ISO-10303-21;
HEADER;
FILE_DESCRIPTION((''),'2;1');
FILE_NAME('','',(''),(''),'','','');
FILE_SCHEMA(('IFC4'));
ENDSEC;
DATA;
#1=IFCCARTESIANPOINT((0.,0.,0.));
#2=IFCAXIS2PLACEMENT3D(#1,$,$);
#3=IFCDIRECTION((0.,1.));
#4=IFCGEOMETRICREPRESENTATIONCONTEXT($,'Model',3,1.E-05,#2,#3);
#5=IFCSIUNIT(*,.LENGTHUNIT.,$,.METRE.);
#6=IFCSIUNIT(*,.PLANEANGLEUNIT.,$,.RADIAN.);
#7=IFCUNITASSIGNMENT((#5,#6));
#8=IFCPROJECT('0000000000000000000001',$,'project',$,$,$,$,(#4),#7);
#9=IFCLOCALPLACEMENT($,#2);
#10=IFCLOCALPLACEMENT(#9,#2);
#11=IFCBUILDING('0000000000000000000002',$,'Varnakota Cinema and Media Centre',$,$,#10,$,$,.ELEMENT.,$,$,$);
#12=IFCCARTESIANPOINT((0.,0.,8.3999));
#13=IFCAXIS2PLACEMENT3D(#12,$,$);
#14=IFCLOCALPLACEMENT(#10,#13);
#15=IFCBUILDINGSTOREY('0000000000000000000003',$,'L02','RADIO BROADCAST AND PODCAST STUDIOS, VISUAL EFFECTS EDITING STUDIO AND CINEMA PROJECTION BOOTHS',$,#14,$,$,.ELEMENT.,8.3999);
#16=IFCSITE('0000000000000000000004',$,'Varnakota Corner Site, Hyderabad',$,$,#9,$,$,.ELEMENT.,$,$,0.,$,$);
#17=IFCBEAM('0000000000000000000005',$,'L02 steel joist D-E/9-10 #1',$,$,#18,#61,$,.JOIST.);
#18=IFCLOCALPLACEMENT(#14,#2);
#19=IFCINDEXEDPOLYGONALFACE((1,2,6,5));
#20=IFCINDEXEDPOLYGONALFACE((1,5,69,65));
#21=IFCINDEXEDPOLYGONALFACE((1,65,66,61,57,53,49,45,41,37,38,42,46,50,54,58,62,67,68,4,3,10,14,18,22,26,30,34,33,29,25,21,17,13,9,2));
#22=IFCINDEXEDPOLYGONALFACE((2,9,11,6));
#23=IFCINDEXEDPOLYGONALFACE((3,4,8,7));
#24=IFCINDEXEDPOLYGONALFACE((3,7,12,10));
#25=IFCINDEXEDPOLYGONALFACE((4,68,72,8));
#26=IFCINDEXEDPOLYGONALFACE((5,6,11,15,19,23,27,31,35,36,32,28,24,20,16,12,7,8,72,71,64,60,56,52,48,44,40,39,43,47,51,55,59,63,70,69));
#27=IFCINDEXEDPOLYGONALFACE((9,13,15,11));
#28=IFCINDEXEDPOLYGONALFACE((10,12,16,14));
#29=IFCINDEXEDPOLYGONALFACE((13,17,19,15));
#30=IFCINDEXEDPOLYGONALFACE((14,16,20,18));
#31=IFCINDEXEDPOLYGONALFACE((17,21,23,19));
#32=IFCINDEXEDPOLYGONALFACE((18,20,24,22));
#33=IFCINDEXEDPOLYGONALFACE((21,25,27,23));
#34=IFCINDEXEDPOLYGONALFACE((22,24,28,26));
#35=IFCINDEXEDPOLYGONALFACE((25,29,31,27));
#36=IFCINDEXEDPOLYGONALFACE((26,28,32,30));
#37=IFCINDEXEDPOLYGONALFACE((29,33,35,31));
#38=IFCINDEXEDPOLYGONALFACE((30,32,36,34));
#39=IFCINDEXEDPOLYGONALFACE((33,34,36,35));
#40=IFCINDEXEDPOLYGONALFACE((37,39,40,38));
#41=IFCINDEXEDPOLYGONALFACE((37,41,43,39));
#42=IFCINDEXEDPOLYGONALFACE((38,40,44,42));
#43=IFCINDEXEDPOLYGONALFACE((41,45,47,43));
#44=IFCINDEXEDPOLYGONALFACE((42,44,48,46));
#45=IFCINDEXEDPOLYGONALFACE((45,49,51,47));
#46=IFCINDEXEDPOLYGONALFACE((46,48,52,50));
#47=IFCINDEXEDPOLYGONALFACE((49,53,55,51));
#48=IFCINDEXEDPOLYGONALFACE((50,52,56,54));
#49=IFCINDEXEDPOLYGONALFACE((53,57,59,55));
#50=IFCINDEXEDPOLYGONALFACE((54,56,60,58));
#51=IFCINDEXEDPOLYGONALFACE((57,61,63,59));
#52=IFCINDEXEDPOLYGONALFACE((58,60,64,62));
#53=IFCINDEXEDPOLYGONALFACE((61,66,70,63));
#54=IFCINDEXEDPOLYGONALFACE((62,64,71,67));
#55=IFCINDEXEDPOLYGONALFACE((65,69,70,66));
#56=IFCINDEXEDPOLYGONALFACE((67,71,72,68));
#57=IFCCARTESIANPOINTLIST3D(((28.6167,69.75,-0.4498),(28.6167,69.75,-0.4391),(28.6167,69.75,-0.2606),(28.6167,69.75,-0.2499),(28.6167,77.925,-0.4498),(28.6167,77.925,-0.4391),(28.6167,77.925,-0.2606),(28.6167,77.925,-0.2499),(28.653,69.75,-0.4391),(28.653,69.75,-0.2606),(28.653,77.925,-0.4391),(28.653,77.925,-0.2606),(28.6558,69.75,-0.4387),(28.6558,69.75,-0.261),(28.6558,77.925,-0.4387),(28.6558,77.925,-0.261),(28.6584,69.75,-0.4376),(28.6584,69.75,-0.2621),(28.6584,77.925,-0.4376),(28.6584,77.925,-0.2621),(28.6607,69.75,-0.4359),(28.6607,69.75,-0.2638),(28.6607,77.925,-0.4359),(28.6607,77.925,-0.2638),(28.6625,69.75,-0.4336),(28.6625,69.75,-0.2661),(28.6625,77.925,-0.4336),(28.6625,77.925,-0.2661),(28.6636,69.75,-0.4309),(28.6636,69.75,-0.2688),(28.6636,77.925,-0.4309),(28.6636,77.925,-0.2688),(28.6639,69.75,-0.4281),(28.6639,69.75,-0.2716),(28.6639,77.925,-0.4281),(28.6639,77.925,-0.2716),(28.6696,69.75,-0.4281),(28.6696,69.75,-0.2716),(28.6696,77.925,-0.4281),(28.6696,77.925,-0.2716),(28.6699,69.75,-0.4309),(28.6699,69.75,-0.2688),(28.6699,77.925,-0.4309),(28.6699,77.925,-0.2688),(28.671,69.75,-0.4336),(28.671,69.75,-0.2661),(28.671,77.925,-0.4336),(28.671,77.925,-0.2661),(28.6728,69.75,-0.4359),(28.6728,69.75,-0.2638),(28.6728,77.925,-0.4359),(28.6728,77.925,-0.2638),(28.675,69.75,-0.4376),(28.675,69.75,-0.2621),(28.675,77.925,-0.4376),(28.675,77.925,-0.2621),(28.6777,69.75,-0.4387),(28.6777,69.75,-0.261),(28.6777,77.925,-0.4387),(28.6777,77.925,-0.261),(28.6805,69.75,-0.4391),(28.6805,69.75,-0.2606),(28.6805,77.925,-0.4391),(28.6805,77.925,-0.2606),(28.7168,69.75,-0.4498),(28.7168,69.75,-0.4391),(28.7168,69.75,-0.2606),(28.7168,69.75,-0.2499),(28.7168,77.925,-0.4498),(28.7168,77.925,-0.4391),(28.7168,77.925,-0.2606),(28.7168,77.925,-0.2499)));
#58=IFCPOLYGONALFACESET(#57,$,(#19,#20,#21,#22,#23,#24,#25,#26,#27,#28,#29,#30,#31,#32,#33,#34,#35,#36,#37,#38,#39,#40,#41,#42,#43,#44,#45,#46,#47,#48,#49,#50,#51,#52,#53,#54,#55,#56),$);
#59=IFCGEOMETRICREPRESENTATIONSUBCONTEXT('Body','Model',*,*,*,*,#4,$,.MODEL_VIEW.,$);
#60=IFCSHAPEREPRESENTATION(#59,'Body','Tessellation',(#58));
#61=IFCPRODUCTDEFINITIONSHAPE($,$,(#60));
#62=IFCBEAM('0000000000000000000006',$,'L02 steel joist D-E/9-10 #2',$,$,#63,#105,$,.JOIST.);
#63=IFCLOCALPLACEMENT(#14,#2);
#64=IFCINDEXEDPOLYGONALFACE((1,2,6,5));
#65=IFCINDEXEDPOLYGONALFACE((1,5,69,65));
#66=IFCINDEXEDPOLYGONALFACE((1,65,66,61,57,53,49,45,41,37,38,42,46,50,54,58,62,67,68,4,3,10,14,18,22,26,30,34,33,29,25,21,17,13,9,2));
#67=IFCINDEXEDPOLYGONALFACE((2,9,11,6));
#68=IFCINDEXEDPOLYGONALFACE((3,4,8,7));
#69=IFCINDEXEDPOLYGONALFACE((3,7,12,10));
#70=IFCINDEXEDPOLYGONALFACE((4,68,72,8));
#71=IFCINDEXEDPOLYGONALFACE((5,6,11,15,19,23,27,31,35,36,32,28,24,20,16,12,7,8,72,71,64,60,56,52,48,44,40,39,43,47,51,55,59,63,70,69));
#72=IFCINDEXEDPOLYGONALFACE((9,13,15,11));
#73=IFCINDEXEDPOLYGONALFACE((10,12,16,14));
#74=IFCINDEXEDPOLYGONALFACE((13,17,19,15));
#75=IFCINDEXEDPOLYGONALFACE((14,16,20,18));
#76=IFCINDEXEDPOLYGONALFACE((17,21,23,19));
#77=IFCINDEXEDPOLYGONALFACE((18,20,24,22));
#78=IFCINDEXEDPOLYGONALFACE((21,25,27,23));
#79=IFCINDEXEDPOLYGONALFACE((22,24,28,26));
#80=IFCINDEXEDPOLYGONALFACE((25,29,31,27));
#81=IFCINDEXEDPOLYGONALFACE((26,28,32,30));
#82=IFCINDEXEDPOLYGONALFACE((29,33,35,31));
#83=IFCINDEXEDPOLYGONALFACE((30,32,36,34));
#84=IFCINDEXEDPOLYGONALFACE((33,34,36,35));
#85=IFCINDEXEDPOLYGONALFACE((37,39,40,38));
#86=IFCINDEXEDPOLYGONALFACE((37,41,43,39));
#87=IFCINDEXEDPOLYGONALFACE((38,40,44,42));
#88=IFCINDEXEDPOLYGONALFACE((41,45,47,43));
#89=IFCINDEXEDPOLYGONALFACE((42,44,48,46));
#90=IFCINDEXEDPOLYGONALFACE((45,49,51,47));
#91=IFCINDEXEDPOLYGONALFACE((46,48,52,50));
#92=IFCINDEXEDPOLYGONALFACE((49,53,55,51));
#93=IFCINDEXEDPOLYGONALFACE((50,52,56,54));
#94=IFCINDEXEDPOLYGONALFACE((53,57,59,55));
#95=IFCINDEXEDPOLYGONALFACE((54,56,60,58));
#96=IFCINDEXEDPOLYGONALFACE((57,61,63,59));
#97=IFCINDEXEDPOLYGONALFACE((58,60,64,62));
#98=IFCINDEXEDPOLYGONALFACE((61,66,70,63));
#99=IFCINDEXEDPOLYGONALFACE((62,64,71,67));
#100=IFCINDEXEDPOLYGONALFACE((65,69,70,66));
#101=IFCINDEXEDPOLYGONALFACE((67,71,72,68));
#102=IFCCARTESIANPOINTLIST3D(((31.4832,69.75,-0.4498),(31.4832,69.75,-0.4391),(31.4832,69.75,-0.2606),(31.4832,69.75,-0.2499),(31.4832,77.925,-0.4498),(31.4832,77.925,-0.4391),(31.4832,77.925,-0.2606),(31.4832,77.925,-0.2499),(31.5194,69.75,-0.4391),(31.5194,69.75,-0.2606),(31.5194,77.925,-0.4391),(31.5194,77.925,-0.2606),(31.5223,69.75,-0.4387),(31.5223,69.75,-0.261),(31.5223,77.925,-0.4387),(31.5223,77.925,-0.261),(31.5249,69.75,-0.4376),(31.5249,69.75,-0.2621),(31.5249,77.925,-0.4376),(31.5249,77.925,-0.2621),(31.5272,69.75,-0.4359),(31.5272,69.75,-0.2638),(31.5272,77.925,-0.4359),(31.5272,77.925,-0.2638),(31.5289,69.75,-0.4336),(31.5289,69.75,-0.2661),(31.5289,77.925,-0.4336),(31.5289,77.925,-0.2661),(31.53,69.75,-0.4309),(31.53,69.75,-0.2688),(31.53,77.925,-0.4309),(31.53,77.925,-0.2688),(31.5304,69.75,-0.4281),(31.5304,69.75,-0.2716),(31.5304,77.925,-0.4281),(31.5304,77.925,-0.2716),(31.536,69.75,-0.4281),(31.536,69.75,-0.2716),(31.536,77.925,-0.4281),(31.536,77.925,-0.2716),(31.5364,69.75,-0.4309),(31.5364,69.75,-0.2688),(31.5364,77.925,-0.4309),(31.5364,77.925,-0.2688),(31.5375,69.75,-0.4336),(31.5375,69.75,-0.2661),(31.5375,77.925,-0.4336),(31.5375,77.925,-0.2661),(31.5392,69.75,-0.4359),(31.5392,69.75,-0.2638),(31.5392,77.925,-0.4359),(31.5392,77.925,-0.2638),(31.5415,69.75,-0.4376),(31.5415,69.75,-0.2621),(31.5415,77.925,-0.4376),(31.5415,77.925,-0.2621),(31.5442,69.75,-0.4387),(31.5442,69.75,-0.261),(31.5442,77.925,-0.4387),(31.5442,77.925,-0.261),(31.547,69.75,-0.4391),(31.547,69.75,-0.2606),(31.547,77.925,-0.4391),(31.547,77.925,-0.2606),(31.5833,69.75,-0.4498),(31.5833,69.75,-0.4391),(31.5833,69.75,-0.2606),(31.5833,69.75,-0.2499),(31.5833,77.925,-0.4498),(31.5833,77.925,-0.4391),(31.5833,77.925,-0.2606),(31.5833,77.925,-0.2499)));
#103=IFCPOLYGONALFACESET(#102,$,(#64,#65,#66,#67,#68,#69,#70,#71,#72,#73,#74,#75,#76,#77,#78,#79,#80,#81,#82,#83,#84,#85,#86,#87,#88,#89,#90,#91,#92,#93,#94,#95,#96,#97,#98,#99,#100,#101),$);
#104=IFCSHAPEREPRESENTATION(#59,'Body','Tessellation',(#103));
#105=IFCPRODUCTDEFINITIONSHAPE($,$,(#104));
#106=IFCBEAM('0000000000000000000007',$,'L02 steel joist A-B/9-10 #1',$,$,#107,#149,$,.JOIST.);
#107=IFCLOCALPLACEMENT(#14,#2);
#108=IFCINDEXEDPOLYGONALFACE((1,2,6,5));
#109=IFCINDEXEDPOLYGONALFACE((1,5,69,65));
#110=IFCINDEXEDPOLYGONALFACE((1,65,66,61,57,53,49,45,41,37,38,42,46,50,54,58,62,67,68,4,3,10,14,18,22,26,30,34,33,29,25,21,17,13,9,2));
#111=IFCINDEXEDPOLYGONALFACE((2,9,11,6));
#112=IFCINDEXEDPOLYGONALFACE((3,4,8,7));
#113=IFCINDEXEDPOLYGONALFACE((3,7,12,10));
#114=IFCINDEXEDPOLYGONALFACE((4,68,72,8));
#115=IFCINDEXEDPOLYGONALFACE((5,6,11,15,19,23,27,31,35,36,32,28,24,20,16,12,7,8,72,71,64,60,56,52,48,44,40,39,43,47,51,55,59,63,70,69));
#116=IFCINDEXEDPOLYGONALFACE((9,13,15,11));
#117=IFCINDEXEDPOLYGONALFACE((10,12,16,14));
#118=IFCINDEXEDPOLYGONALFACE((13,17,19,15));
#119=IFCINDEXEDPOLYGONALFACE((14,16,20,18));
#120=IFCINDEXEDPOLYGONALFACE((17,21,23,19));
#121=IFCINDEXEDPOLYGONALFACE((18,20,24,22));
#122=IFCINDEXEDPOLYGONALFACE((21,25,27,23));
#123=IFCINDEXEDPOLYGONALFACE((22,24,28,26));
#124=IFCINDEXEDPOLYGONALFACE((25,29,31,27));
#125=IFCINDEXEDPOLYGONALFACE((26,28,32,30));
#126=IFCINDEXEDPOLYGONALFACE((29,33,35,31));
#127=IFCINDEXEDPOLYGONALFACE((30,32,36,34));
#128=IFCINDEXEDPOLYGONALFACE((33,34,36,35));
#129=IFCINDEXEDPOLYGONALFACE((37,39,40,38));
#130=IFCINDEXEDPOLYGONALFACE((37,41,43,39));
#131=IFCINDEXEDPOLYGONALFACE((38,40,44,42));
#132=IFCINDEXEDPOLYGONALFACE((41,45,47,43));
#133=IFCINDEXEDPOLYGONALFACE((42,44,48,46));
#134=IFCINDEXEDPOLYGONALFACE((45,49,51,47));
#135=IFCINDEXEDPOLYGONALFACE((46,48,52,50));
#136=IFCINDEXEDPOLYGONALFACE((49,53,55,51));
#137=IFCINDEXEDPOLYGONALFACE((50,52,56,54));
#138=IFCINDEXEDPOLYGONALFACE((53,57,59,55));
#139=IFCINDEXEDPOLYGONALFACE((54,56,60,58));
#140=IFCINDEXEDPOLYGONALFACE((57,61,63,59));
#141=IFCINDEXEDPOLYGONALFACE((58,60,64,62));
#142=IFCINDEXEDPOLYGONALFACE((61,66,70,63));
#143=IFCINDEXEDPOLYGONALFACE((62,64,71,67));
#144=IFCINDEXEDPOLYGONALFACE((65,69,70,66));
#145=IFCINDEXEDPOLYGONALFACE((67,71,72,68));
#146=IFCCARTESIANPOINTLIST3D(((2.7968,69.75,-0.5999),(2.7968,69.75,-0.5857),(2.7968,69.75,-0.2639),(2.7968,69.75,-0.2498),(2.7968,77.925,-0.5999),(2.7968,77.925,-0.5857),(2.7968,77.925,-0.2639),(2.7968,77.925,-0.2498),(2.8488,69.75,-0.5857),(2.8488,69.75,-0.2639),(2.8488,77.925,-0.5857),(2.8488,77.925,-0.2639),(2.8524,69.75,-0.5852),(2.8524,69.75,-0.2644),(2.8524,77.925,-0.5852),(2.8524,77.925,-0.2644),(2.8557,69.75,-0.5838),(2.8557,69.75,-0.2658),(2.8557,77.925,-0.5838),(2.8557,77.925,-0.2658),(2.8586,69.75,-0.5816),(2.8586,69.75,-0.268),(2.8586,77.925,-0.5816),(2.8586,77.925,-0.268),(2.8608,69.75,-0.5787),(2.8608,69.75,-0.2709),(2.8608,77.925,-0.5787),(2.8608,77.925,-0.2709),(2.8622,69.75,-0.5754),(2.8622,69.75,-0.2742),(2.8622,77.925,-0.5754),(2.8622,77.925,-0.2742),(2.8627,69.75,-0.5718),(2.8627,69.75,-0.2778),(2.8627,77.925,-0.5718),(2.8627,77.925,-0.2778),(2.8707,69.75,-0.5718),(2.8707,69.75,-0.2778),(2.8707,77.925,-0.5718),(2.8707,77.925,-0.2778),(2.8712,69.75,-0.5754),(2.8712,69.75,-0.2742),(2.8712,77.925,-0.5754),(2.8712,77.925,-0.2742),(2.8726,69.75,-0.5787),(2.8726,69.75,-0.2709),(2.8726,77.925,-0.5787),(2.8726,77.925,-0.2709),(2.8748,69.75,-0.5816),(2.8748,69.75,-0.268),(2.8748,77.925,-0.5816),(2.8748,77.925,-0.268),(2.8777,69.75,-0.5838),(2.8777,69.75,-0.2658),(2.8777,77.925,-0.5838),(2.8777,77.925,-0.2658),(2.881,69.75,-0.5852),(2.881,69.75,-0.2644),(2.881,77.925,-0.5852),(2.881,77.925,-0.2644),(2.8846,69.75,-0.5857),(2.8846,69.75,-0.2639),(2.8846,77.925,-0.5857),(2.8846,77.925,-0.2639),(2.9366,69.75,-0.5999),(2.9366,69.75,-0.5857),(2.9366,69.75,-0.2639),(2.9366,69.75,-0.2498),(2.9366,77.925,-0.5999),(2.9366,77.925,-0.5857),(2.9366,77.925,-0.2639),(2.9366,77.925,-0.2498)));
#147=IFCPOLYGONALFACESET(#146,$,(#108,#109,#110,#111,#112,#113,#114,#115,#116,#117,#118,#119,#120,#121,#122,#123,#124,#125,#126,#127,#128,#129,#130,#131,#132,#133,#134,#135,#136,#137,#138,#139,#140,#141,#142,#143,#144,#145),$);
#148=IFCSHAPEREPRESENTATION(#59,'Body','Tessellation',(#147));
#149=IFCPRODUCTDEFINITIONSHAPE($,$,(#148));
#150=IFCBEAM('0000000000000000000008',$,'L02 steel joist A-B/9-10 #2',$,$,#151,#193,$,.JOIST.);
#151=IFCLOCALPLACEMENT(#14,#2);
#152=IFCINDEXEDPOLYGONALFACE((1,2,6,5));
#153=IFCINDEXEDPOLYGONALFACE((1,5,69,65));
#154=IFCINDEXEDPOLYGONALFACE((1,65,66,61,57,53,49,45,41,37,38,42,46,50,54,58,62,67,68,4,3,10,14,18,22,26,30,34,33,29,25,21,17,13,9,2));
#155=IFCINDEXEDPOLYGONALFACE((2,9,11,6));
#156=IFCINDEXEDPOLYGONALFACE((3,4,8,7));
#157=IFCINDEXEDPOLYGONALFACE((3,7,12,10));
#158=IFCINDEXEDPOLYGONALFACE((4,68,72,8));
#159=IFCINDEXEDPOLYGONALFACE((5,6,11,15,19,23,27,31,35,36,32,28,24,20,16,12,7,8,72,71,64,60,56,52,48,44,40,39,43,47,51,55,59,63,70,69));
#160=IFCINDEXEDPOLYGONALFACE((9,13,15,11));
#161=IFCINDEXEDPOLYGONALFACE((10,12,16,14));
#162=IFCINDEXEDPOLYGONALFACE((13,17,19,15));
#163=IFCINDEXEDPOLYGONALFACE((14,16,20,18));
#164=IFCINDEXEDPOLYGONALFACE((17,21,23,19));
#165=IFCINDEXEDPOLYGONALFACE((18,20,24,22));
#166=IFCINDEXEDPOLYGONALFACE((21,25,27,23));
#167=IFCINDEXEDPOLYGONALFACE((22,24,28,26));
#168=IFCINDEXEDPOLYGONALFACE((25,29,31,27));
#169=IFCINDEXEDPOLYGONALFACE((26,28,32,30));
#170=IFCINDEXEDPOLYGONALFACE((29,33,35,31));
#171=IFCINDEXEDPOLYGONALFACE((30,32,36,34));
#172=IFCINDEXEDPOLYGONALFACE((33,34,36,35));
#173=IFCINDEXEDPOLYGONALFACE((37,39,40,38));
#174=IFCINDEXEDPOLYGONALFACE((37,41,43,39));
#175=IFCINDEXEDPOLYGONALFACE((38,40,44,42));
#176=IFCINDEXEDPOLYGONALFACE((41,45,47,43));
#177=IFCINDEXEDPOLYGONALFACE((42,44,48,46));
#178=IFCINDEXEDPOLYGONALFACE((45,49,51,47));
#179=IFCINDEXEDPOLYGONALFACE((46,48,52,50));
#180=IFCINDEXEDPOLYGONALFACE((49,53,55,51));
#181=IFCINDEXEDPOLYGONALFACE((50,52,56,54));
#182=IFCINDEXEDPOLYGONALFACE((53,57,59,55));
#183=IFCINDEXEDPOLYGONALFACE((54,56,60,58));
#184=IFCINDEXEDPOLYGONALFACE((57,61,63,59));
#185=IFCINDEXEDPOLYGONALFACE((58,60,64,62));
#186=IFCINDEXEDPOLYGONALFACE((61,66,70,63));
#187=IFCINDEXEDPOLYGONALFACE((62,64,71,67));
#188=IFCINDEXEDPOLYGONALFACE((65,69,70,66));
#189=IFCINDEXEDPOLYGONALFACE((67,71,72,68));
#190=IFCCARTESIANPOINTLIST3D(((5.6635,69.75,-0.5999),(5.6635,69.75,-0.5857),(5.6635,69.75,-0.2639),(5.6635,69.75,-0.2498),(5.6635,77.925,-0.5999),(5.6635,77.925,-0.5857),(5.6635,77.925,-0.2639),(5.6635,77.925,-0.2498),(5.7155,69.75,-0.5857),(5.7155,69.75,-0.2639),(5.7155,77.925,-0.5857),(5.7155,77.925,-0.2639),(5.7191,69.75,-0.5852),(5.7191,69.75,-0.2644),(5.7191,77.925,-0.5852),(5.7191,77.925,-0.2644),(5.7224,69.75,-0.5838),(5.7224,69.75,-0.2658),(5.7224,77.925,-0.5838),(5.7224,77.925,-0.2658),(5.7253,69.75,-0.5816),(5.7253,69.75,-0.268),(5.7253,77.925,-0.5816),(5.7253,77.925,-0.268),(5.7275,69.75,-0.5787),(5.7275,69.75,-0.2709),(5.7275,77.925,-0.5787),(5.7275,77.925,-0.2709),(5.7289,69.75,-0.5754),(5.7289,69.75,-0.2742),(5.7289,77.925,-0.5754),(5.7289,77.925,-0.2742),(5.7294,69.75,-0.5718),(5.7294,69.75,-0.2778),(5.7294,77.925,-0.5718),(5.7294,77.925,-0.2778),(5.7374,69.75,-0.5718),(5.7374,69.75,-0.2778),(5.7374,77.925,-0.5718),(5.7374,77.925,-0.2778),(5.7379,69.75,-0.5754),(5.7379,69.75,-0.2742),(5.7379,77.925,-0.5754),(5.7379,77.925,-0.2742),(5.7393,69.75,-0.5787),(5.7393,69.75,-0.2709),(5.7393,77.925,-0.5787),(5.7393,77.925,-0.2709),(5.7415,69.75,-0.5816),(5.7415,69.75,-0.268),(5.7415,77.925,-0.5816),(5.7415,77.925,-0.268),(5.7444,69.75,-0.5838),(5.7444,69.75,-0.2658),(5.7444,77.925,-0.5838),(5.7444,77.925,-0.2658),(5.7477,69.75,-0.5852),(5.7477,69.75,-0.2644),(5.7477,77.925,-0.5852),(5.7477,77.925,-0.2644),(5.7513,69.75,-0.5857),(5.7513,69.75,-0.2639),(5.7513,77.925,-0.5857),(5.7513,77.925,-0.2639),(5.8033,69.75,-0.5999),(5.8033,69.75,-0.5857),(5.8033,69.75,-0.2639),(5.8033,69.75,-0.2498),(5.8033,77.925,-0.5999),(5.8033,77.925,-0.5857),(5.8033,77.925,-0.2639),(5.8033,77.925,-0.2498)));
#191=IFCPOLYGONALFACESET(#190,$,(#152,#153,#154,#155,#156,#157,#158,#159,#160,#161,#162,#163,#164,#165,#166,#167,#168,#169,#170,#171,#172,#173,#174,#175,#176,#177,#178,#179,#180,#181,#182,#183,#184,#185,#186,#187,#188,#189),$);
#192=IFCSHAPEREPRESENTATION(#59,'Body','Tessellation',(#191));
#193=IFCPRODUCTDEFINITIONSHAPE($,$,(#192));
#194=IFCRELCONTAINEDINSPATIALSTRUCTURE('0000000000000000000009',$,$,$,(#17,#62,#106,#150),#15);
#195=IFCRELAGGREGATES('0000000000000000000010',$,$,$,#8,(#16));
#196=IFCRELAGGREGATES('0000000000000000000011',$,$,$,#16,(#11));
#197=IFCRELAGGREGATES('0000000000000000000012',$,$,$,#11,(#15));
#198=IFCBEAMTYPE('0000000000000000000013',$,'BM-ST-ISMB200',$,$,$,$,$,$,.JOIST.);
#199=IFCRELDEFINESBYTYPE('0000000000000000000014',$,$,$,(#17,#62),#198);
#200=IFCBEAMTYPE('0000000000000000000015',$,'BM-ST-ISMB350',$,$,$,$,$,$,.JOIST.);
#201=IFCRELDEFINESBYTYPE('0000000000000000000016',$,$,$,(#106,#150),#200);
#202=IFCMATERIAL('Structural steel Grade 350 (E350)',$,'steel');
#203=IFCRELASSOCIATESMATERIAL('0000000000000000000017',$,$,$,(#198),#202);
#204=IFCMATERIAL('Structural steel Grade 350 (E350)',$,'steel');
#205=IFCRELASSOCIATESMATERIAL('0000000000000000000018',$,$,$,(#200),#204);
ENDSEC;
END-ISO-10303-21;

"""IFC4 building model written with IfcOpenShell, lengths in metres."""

from ifc_helpers import new_model, si_unit, direction, frame, origin, origin_2d, place, context, subcontext, project, spatial, i_section, extrude, material, material_profile, profile_set, type_object, element, save


model = new_model("IFC4")

# Units and contexts
model_context = context("Model", 3, precision=1e-05, world=origin(), true_north=direction((0.0, 1.0)))
body_context = subcontext(model_context, "Body", "Model", "MODEL_VIEW")
ifc_project = project(units=[si_unit("LENGTHUNIT", "METRE"), si_unit("PLANEANGLEUNIT", "RADIAN")], contexts=[model_context])

# Site, building, storey
site_placement = place(None, origin())
site = spatial("IfcSite", under=ifc_project, at=site_placement, Name="Varnakota Corner Site, Hyderabad", CompositionType="ELEMENT", RefElevation=0.0)
building_placement = place(site_placement, origin())
building = spatial("IfcBuilding", under=site, at=building_placement, Name="Varnakota Cinema and Media Centre", CompositionType="ELEMENT")
storey_placement = place(building_placement, frame((0.0, 0.0, 8.3999)))
storey = spatial("IfcBuildingStorey", under=building, at=storey_placement, Name="L02", Description="RADIO BROADCAST AND PODCAST STUDIOS, VISUAL EFFECTS EDITING STUDIO AND CINEMA PROJECTION BOOTHS", CompositionType="ELEMENT", Elevation=8.3999)

# Beams
ifc_material_1 = material(Name="Structural steel Grade 350 (E350)", Category="steel")
ifc_material_profile_1 = material_profile(ifc_material_1, i_section(OverallWidth=0.1001, OverallDepth=0.2, WebThickness=0.0056, FlangeThickness=0.0107, FilletRadius=0.011, at=origin_2d()), Name="ISMB 200")
ifc_profile_set_1 = profile_set([ifc_material_profile_1], Name="Structural steel Grade 350 (E350)")
beam_type_1 = type_object("IfcBeamType", Name="BM-ST-ISMB200", PredefinedType="JOIST", material=ifc_profile_set_1)
for number, where, z_axis, x_axis, name in (
    (1, (28.6667, 69.75, -0.3499), (0.0, 1.0, 0.0), (-1.0, 0.0, 0.0), "L02 steel joist D-E/9-10 #1"),
    (2, (31.5332, 69.75, -0.3499), (0.0, 1.0, 0.0), (-1.0, 0.0, 0.0), "L02 steel joist D-E/9-10 #2"),
):
    element("IfcBeam", number, at=place(storey_placement, frame(where, z_axis=z_axis, x_axis=x_axis)), inside=storey, type_object=beam_type_1, Name=name, PredefinedType="JOIST", context=body_context, shape_type="SweptSolid", body=[
        extrude(i_section(OverallWidth=0.1001, OverallDepth=0.2, WebThickness=0.0056, FlangeThickness=0.0107, FilletRadius=0.011, at=origin_2d()), origin(), (0.0, 0.0, 1.0), 8.175),
    ])
ifc_material_2 = material(Name="Structural steel Grade 350 (E350)", Category="steel")
ifc_material_profile_2 = material_profile(ifc_material_2, i_section(OverallWidth=0.1399, OverallDepth=0.3501, WebThickness=0.0081, FlangeThickness=0.0142, FilletRadius=0.0139, at=origin_2d()), Name="ISMB 350")
ifc_profile_set_2 = profile_set([ifc_material_profile_2], Name="Structural steel Grade 350 (E350)")
beam_type_2 = type_object("IfcBeamType", Name="BM-ST-ISMB350", PredefinedType="JOIST", material=ifc_profile_set_2)
for number, where, z_axis, x_axis, name in (
    (3, (2.8667, 69.75, -0.4248), (0.0, 1.0, 0.0), (-1.0, 0.0, 0.0), "L02 steel joist A-B/9-10 #1"),
    (4, (5.7334, 69.75, -0.4248), (0.0, 1.0, 0.0), (-1.0, 0.0, 0.0), "L02 steel joist A-B/9-10 #2"),
):
    element("IfcBeam", number, at=place(storey_placement, frame(where, z_axis=z_axis, x_axis=x_axis)), inside=storey, type_object=beam_type_2, Name=name, PredefinedType="JOIST", context=body_context, shape_type="SweptSolid", body=[
        extrude(i_section(OverallWidth=0.1399, OverallDepth=0.3501, WebThickness=0.0081, FlangeThickness=0.0142, FilletRadius=0.0139, at=origin_2d()), origin(), (0.0, 0.0, 1.0), 8.175),
    ])

save(model, "model.ifc")
